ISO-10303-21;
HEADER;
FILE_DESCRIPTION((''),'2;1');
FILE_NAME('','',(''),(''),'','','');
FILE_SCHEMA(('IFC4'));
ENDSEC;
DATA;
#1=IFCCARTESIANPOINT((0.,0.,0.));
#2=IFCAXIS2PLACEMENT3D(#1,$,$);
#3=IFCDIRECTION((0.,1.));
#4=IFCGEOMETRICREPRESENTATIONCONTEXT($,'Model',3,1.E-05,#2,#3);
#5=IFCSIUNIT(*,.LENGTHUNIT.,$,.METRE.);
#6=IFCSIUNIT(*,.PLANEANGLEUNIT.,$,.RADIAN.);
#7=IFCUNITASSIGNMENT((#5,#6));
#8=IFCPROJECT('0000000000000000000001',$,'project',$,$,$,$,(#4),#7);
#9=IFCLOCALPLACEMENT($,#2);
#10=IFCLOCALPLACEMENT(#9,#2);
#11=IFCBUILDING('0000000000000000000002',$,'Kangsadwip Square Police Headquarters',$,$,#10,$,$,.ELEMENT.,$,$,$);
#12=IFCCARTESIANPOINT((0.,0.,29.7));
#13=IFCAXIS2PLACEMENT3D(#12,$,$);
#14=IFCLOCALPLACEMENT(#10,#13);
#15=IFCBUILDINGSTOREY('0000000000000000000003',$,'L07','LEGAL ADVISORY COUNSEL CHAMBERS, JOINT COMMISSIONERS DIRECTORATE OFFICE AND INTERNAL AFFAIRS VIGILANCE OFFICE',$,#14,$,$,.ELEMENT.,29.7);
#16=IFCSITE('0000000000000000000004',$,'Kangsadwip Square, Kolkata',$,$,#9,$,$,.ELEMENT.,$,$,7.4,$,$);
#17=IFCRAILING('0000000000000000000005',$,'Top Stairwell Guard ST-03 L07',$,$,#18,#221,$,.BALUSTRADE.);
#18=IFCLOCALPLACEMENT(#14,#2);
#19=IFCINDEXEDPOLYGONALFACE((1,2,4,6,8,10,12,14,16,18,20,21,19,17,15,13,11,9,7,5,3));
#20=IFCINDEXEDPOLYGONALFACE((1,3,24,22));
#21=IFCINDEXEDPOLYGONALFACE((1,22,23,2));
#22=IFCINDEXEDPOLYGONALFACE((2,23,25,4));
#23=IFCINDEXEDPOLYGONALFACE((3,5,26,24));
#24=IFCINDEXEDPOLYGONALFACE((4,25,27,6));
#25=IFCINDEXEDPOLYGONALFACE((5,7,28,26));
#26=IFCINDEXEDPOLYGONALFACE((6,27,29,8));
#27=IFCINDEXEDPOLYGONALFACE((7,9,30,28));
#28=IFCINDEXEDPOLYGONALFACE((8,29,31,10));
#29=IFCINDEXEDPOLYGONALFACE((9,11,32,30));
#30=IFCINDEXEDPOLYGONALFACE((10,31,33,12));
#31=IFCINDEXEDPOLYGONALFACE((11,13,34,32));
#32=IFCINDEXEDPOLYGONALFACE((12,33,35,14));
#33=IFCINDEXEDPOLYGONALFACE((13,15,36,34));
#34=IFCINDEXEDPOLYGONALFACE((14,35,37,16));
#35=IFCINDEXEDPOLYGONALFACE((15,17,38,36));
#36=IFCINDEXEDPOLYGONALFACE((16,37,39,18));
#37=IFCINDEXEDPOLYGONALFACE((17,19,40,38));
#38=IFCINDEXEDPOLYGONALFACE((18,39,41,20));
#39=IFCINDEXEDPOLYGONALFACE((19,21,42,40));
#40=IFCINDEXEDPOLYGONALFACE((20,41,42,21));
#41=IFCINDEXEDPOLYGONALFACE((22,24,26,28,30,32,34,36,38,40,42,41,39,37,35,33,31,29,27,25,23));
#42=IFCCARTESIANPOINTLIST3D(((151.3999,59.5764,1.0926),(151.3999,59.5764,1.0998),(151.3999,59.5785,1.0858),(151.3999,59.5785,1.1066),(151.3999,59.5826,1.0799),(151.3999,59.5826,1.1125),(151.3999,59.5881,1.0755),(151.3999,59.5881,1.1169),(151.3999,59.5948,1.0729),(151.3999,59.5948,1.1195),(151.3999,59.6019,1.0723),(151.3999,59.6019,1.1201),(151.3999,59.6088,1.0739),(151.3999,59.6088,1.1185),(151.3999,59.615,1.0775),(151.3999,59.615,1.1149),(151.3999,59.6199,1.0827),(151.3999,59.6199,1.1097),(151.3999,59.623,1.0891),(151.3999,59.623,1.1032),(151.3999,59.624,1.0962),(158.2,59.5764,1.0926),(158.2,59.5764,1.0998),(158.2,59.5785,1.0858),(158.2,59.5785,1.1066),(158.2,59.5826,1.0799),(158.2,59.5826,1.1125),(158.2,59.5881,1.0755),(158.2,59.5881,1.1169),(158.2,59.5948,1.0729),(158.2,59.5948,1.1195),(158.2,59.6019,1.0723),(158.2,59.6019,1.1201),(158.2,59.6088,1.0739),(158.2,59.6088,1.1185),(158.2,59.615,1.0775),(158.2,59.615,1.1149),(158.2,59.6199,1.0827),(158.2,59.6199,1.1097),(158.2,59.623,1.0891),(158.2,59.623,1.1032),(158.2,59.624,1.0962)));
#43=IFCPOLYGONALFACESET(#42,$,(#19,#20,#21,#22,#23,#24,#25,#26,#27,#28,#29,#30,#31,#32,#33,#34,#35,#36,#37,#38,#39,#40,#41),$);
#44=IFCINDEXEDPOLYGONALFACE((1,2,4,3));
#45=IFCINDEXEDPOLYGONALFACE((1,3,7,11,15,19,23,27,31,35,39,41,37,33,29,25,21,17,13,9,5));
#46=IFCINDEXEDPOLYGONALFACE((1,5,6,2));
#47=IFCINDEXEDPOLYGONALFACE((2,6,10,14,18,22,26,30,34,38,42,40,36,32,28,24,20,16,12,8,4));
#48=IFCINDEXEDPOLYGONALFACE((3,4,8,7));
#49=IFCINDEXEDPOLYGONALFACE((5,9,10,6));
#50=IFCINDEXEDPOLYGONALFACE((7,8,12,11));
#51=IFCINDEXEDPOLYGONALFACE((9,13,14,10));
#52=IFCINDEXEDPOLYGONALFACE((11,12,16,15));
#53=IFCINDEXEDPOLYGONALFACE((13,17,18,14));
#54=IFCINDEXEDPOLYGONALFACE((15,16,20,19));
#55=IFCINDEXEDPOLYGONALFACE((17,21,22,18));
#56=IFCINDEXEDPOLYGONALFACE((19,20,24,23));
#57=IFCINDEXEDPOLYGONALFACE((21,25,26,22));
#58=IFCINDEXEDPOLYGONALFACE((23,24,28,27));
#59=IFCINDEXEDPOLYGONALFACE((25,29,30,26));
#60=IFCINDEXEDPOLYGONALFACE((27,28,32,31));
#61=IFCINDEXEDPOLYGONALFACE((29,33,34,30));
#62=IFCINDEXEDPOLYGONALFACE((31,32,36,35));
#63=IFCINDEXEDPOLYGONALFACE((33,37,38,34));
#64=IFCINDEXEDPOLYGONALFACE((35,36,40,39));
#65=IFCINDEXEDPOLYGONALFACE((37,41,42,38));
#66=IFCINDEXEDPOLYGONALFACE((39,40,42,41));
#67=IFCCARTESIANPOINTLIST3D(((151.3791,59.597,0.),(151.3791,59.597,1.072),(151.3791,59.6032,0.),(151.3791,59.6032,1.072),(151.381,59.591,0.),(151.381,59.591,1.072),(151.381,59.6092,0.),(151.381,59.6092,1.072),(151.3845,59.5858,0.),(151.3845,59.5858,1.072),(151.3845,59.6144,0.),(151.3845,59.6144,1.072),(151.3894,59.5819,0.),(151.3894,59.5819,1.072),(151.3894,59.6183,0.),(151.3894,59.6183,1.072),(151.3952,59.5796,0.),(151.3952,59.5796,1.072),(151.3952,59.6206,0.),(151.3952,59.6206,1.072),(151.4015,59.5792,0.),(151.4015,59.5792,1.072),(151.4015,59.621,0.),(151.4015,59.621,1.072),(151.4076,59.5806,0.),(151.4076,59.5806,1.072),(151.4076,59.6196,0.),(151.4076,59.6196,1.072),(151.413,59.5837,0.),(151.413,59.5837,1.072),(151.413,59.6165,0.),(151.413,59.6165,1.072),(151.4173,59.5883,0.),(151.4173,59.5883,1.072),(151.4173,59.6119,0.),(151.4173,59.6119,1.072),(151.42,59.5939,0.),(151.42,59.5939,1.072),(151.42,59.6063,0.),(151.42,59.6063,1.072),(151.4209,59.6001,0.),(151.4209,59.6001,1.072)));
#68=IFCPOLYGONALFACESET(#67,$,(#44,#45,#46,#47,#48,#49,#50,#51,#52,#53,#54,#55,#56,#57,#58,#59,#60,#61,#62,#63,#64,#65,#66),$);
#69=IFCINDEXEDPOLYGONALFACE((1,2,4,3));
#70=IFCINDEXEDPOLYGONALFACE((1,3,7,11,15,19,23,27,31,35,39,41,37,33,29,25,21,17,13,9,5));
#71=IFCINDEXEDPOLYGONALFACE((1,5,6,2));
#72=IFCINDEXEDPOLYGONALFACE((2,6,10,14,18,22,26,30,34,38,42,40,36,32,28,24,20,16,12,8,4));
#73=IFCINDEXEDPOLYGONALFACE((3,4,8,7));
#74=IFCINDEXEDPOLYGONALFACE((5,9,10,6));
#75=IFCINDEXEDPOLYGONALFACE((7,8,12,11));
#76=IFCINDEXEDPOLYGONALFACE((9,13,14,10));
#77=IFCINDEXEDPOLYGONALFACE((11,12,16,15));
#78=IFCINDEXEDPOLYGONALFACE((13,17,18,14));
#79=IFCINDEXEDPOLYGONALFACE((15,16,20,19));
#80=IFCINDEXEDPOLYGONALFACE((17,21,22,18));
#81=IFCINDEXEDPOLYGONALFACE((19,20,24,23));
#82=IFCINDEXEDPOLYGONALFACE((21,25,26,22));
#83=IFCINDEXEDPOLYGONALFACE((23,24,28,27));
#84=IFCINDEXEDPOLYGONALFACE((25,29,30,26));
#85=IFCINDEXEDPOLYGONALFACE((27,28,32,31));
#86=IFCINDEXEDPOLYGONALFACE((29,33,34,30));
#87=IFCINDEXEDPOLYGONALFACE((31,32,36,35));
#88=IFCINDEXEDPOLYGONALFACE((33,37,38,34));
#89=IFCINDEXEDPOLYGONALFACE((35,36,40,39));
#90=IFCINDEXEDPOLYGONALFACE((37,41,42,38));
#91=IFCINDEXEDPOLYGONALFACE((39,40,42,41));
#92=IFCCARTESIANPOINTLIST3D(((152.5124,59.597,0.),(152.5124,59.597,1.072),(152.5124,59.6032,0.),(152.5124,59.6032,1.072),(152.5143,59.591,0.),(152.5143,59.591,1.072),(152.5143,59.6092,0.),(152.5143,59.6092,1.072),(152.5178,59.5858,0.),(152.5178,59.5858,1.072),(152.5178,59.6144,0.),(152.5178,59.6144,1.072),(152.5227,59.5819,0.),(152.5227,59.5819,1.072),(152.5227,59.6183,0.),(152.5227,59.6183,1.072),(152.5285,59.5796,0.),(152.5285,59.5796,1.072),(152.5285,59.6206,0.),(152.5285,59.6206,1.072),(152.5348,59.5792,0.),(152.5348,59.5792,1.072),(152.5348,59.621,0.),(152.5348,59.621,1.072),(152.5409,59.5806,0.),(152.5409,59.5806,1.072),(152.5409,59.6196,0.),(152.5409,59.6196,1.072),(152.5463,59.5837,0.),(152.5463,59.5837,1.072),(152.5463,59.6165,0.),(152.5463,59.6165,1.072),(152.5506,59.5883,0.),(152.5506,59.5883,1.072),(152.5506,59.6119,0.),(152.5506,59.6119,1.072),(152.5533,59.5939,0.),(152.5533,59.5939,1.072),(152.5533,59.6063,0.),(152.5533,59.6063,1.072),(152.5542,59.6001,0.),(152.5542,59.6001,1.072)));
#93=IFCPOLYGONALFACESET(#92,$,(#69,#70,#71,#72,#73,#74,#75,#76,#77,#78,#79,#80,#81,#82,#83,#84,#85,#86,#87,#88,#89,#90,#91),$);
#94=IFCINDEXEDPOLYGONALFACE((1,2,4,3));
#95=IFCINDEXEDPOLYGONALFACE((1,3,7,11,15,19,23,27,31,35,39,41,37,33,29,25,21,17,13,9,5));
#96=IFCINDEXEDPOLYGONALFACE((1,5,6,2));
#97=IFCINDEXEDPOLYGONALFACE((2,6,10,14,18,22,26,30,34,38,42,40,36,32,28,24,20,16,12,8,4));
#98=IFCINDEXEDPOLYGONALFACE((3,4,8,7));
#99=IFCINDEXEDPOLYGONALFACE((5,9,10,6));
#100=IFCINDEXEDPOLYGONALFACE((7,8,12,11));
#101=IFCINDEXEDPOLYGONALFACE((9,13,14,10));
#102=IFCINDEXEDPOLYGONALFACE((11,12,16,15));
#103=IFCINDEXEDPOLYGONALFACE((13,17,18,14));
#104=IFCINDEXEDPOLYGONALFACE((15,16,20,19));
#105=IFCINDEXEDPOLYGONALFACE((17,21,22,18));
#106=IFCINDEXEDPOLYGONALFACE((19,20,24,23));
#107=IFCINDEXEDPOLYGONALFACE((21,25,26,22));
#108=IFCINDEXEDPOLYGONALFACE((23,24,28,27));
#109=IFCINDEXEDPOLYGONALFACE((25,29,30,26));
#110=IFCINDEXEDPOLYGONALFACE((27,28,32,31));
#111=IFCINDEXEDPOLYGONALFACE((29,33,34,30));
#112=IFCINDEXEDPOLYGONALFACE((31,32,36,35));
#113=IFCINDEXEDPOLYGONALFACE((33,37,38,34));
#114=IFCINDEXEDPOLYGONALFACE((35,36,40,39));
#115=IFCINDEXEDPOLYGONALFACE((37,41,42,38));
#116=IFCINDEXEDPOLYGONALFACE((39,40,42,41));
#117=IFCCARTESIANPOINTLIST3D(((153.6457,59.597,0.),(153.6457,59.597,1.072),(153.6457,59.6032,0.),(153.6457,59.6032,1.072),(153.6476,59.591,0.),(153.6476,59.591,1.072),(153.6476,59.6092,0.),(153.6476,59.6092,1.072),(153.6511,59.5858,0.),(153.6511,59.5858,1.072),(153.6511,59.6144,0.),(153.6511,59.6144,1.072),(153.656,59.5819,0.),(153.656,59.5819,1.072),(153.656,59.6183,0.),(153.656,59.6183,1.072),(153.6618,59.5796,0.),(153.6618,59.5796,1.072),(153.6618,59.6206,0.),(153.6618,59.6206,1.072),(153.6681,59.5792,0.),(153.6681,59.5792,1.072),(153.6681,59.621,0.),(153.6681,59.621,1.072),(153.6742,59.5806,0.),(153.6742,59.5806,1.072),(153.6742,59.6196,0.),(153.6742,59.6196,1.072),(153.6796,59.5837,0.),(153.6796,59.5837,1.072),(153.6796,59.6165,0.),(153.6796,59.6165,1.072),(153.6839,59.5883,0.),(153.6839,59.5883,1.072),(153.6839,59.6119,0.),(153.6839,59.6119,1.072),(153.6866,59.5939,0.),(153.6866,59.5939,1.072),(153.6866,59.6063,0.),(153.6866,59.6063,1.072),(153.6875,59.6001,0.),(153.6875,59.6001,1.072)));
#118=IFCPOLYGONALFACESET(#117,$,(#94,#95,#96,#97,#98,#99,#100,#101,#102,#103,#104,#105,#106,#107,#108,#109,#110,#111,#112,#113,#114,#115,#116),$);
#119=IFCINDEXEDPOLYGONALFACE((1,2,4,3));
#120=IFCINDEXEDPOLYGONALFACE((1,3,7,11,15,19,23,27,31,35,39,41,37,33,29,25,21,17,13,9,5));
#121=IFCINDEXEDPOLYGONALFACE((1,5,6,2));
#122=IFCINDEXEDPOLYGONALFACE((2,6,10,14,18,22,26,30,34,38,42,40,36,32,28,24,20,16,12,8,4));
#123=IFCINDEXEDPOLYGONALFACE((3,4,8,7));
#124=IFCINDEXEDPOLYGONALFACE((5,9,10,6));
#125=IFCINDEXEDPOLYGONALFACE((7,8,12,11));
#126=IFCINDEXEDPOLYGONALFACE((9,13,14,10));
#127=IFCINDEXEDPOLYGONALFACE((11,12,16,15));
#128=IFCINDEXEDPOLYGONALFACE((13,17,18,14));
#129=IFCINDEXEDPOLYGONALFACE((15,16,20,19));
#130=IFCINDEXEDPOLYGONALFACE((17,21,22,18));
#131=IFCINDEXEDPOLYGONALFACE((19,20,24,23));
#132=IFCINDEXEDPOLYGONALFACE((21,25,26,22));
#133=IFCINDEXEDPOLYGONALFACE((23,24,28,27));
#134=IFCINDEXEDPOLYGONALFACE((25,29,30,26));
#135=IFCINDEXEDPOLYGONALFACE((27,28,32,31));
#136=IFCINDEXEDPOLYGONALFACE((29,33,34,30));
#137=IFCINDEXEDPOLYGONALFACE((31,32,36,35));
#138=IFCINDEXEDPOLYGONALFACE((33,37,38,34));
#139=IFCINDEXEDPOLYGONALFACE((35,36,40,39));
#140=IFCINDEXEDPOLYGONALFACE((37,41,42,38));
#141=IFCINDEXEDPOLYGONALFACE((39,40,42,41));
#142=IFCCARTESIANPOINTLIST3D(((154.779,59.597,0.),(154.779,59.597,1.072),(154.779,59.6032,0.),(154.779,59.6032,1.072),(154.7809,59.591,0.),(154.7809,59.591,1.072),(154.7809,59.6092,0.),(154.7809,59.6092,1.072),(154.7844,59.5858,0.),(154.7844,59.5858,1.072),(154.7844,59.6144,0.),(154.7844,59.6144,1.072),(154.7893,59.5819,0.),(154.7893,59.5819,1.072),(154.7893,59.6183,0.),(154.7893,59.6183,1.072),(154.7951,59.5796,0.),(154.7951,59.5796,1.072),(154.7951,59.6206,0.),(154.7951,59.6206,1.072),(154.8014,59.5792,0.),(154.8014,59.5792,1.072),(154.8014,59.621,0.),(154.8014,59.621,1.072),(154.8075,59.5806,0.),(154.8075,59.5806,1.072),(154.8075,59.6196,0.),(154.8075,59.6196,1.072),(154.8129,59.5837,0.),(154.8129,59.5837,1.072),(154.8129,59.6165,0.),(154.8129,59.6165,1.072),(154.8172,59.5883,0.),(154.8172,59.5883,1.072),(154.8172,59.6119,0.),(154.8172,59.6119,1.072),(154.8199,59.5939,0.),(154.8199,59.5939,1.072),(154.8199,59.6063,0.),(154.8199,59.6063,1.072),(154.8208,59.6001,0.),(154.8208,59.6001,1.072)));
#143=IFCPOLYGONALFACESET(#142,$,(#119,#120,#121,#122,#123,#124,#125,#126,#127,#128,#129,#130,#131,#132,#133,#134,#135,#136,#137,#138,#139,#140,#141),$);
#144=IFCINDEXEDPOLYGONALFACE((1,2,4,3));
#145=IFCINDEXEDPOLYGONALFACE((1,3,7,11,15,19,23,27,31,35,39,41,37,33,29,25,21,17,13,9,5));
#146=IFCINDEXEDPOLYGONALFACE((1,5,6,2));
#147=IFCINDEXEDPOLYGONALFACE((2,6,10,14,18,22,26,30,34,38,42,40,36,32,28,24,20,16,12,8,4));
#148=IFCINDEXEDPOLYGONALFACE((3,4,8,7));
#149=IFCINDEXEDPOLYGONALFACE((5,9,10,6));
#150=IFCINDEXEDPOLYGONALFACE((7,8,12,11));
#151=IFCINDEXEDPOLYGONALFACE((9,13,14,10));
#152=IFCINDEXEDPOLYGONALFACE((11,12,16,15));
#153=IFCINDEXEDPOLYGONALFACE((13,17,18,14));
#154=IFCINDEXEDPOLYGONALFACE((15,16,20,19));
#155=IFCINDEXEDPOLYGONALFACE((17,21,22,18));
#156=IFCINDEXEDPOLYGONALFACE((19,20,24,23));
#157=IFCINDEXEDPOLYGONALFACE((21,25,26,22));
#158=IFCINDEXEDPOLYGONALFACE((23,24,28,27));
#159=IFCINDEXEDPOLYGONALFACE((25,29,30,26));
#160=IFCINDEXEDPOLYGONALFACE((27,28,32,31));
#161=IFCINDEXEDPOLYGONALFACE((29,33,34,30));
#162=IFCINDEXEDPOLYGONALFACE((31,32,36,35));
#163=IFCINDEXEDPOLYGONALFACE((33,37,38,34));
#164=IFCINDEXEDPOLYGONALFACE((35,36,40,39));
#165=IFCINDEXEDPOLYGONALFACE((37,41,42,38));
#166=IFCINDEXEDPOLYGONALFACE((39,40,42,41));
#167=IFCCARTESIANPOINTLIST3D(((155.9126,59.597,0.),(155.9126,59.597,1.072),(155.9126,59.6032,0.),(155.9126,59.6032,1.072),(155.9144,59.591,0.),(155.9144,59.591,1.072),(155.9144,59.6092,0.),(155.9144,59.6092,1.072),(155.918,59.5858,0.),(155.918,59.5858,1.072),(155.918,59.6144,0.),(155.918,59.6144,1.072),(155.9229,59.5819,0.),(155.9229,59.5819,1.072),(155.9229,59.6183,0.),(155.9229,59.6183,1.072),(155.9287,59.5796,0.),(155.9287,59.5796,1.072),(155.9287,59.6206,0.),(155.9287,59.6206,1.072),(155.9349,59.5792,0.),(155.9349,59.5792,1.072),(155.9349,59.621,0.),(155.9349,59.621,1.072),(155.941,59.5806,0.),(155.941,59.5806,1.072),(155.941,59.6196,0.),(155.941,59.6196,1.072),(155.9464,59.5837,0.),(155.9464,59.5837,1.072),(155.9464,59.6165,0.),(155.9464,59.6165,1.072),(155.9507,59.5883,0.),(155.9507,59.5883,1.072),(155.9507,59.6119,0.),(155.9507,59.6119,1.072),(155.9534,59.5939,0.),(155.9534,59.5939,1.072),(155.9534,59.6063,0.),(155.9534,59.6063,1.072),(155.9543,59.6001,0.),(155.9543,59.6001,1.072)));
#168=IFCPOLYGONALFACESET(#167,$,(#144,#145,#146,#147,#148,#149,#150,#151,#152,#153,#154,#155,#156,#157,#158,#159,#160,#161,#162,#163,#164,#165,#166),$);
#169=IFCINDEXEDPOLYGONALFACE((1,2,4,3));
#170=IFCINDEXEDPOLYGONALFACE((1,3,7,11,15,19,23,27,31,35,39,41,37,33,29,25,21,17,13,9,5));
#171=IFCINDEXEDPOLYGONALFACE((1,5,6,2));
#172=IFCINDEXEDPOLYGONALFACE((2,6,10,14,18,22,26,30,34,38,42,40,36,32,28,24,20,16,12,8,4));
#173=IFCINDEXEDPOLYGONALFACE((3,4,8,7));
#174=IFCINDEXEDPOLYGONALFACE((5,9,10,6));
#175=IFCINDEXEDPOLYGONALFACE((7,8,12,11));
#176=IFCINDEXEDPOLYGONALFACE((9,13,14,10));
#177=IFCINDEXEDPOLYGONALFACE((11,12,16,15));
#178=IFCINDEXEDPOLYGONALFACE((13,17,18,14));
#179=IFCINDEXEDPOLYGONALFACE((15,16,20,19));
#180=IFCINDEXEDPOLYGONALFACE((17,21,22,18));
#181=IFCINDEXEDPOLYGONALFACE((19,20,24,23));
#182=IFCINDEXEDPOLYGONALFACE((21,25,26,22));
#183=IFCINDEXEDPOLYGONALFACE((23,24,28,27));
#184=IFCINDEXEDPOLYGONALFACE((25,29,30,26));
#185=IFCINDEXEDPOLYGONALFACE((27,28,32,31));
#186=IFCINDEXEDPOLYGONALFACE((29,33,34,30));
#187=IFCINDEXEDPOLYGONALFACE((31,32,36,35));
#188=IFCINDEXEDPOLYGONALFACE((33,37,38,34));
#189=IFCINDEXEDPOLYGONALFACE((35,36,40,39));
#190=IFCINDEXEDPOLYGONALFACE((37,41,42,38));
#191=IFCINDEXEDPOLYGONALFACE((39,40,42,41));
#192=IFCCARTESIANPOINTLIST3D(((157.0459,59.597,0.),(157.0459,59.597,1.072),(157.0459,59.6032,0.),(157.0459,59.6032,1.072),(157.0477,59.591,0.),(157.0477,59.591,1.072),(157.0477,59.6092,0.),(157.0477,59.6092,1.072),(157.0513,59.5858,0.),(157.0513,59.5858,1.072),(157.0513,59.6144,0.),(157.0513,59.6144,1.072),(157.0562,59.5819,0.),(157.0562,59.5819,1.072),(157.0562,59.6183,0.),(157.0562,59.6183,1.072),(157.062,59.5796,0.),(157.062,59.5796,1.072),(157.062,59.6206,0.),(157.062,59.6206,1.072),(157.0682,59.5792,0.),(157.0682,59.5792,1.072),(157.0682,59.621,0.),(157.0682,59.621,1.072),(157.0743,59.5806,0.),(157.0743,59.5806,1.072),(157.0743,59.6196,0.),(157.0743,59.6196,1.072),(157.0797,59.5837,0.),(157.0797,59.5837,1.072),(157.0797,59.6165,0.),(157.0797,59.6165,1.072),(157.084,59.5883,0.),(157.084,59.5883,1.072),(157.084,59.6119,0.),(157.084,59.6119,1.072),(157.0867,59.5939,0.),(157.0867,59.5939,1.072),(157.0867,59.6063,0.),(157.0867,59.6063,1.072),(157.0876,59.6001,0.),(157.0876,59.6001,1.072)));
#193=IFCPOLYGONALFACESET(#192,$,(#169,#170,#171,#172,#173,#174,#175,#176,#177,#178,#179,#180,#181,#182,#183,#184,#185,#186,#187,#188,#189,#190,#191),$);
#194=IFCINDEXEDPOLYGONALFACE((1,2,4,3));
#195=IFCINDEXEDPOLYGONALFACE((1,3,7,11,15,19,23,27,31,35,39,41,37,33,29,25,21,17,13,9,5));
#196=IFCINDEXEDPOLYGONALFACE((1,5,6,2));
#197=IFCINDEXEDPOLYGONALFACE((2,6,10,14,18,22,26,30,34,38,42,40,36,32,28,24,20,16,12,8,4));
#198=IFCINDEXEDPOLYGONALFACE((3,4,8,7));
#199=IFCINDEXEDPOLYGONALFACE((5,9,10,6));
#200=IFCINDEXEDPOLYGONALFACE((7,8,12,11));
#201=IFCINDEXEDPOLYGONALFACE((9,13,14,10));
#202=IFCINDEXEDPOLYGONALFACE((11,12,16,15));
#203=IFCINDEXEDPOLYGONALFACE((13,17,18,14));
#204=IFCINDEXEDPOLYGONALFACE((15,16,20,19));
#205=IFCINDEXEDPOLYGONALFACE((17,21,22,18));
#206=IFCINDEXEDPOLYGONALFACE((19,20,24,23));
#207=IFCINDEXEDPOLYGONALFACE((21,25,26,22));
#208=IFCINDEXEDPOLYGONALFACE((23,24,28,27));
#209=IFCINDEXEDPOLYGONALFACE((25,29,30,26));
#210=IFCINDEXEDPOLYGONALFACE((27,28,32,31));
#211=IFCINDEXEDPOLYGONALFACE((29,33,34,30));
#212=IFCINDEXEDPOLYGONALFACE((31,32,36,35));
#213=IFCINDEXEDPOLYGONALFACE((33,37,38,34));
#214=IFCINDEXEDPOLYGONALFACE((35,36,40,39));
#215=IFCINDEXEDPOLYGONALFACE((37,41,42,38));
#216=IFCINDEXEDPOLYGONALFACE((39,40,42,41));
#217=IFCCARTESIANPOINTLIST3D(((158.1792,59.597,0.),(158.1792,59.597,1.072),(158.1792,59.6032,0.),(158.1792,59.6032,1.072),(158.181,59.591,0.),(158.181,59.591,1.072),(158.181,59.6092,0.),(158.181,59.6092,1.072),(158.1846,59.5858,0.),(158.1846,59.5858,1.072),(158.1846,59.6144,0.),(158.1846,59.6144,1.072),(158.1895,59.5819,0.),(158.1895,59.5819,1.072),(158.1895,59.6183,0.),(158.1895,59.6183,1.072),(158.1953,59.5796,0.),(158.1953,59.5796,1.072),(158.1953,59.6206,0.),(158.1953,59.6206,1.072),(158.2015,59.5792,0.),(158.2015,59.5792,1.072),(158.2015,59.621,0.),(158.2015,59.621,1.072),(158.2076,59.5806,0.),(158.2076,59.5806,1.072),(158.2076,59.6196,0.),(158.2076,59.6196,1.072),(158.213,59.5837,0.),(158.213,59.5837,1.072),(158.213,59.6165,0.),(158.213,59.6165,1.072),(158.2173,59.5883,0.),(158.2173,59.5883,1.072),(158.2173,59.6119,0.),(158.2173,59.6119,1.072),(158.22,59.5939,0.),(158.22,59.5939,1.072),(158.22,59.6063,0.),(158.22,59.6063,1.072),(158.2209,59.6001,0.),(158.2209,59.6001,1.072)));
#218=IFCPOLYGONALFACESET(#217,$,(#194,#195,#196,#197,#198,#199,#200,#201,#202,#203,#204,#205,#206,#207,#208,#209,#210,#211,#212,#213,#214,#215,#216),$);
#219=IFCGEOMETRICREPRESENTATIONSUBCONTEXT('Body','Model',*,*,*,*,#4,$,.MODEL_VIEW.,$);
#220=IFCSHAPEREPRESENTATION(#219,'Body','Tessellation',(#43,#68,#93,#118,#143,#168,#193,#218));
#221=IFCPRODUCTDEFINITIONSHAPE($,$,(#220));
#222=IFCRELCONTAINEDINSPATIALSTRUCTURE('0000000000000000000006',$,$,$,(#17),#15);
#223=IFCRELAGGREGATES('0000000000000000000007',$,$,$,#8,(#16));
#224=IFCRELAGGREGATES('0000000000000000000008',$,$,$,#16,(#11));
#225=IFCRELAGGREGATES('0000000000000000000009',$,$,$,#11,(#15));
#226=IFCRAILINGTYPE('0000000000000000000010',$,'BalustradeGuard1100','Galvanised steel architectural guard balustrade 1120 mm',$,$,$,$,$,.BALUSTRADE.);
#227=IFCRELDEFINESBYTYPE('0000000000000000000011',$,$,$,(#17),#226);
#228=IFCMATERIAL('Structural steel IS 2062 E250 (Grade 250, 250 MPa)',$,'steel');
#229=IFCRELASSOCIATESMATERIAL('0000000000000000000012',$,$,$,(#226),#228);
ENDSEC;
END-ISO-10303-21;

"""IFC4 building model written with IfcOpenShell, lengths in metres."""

from ifc_helpers import new_model, si_unit, direction, frame, origin, origin_2d, place, context, subcontext, project, spatial, circle, extrude, material, type_object, element, save


model = new_model("IFC4")

# Units and contexts
model_context = context("Model", 3, precision=1e-05, world=origin(), true_north=direction((0.0, 1.0)))
body_context = subcontext(model_context, "Body", "Model", "MODEL_VIEW")
ifc_project = project(units=[si_unit("LENGTHUNIT", "METRE"), si_unit("PLANEANGLEUNIT", "RADIAN")], contexts=[model_context])

# Site, building, storey
site_placement = place(None, origin())
site = spatial("IfcSite", under=ifc_project, at=site_placement, Name="Kangsadwip Square, Kolkata", CompositionType="ELEMENT", RefElevation=7.4)
building_placement = place(site_placement, origin())
building = spatial("IfcBuilding", under=site, at=building_placement, Name="Kangsadwip Square Police Headquarters", CompositionType="ELEMENT")
storey_placement = place(building_placement, frame((0.0, 0.0, 29.7)))
storey = spatial("IfcBuildingStorey", under=building, at=storey_placement, Name="L07", Description="LEGAL ADVISORY COUNSEL CHAMBERS, JOINT COMMISSIONERS DIRECTORATE OFFICE AND INTERNAL AFFAIRS VIGILANCE OFFICE", CompositionType="ELEMENT", Elevation=29.7)

# Railing
ifc_material_1 = material(Name="Structural steel IS 2062 E250 (Grade 250, 250 MPa)", Category="steel")
railing_type = type_object("IfcRailingType", Name="BalustradeGuard1100", Description="Galvanised steel architectural guard balustrade 1120 mm", PredefinedType="BALUSTRADE", material=ifc_material_1)
railing_placement = place(storey_placement, frame((151.3999, 59.6001, 0.0)))
element("IfcRailing", 1, at=railing_placement, inside=storey, type_object=railing_type, Name="Top Stairwell Guard ST-03 L07", PredefinedType="BALUSTRADE", context=body_context, shape_type="SweptSolid", body=[
    extrude(circle(Radius=0.0239, at=origin_2d()), frame((0.0, 0.0, 1.0962), z_axis=(1.0, 0.0, 0.0), x_axis=(0.0, 1.0, 0.0)), (0.0, 0.0, 1.0), 6.8),
    extrude(circle(Radius=0.021, at=origin_2d()), origin(), (0.0, 0.0, 1.0), 1.072),
    extrude(circle(Radius=0.021, at=origin_2d()), frame((1.1333, 0.0, 0.0)), (0.0, 0.0, 1.0), 1.072),
    extrude(circle(Radius=0.021, at=origin_2d()), frame((2.2666, 0.0, 0.0)), (0.0, 0.0, 1.0), 1.072),
    extrude(circle(Radius=0.021, at=origin_2d()), frame((3.3999, 0.0, 0.0)), (0.0, 0.0, 1.0), 1.072),
    extrude(circle(Radius=0.021, at=origin_2d()), frame((4.5334, 0.0, 0.0)), (0.0, 0.0, 1.0), 1.072),
    extrude(circle(Radius=0.021, at=origin_2d()), frame((5.6667, 0.0, 0.0)), (0.0, 0.0, 1.0), 1.072),
    extrude(circle(Radius=0.021, at=origin_2d()), frame((6.8, 0.0, 0.0)), (0.0, 0.0, 1.0), 1.072),
])

save(model, "model.ifc")
